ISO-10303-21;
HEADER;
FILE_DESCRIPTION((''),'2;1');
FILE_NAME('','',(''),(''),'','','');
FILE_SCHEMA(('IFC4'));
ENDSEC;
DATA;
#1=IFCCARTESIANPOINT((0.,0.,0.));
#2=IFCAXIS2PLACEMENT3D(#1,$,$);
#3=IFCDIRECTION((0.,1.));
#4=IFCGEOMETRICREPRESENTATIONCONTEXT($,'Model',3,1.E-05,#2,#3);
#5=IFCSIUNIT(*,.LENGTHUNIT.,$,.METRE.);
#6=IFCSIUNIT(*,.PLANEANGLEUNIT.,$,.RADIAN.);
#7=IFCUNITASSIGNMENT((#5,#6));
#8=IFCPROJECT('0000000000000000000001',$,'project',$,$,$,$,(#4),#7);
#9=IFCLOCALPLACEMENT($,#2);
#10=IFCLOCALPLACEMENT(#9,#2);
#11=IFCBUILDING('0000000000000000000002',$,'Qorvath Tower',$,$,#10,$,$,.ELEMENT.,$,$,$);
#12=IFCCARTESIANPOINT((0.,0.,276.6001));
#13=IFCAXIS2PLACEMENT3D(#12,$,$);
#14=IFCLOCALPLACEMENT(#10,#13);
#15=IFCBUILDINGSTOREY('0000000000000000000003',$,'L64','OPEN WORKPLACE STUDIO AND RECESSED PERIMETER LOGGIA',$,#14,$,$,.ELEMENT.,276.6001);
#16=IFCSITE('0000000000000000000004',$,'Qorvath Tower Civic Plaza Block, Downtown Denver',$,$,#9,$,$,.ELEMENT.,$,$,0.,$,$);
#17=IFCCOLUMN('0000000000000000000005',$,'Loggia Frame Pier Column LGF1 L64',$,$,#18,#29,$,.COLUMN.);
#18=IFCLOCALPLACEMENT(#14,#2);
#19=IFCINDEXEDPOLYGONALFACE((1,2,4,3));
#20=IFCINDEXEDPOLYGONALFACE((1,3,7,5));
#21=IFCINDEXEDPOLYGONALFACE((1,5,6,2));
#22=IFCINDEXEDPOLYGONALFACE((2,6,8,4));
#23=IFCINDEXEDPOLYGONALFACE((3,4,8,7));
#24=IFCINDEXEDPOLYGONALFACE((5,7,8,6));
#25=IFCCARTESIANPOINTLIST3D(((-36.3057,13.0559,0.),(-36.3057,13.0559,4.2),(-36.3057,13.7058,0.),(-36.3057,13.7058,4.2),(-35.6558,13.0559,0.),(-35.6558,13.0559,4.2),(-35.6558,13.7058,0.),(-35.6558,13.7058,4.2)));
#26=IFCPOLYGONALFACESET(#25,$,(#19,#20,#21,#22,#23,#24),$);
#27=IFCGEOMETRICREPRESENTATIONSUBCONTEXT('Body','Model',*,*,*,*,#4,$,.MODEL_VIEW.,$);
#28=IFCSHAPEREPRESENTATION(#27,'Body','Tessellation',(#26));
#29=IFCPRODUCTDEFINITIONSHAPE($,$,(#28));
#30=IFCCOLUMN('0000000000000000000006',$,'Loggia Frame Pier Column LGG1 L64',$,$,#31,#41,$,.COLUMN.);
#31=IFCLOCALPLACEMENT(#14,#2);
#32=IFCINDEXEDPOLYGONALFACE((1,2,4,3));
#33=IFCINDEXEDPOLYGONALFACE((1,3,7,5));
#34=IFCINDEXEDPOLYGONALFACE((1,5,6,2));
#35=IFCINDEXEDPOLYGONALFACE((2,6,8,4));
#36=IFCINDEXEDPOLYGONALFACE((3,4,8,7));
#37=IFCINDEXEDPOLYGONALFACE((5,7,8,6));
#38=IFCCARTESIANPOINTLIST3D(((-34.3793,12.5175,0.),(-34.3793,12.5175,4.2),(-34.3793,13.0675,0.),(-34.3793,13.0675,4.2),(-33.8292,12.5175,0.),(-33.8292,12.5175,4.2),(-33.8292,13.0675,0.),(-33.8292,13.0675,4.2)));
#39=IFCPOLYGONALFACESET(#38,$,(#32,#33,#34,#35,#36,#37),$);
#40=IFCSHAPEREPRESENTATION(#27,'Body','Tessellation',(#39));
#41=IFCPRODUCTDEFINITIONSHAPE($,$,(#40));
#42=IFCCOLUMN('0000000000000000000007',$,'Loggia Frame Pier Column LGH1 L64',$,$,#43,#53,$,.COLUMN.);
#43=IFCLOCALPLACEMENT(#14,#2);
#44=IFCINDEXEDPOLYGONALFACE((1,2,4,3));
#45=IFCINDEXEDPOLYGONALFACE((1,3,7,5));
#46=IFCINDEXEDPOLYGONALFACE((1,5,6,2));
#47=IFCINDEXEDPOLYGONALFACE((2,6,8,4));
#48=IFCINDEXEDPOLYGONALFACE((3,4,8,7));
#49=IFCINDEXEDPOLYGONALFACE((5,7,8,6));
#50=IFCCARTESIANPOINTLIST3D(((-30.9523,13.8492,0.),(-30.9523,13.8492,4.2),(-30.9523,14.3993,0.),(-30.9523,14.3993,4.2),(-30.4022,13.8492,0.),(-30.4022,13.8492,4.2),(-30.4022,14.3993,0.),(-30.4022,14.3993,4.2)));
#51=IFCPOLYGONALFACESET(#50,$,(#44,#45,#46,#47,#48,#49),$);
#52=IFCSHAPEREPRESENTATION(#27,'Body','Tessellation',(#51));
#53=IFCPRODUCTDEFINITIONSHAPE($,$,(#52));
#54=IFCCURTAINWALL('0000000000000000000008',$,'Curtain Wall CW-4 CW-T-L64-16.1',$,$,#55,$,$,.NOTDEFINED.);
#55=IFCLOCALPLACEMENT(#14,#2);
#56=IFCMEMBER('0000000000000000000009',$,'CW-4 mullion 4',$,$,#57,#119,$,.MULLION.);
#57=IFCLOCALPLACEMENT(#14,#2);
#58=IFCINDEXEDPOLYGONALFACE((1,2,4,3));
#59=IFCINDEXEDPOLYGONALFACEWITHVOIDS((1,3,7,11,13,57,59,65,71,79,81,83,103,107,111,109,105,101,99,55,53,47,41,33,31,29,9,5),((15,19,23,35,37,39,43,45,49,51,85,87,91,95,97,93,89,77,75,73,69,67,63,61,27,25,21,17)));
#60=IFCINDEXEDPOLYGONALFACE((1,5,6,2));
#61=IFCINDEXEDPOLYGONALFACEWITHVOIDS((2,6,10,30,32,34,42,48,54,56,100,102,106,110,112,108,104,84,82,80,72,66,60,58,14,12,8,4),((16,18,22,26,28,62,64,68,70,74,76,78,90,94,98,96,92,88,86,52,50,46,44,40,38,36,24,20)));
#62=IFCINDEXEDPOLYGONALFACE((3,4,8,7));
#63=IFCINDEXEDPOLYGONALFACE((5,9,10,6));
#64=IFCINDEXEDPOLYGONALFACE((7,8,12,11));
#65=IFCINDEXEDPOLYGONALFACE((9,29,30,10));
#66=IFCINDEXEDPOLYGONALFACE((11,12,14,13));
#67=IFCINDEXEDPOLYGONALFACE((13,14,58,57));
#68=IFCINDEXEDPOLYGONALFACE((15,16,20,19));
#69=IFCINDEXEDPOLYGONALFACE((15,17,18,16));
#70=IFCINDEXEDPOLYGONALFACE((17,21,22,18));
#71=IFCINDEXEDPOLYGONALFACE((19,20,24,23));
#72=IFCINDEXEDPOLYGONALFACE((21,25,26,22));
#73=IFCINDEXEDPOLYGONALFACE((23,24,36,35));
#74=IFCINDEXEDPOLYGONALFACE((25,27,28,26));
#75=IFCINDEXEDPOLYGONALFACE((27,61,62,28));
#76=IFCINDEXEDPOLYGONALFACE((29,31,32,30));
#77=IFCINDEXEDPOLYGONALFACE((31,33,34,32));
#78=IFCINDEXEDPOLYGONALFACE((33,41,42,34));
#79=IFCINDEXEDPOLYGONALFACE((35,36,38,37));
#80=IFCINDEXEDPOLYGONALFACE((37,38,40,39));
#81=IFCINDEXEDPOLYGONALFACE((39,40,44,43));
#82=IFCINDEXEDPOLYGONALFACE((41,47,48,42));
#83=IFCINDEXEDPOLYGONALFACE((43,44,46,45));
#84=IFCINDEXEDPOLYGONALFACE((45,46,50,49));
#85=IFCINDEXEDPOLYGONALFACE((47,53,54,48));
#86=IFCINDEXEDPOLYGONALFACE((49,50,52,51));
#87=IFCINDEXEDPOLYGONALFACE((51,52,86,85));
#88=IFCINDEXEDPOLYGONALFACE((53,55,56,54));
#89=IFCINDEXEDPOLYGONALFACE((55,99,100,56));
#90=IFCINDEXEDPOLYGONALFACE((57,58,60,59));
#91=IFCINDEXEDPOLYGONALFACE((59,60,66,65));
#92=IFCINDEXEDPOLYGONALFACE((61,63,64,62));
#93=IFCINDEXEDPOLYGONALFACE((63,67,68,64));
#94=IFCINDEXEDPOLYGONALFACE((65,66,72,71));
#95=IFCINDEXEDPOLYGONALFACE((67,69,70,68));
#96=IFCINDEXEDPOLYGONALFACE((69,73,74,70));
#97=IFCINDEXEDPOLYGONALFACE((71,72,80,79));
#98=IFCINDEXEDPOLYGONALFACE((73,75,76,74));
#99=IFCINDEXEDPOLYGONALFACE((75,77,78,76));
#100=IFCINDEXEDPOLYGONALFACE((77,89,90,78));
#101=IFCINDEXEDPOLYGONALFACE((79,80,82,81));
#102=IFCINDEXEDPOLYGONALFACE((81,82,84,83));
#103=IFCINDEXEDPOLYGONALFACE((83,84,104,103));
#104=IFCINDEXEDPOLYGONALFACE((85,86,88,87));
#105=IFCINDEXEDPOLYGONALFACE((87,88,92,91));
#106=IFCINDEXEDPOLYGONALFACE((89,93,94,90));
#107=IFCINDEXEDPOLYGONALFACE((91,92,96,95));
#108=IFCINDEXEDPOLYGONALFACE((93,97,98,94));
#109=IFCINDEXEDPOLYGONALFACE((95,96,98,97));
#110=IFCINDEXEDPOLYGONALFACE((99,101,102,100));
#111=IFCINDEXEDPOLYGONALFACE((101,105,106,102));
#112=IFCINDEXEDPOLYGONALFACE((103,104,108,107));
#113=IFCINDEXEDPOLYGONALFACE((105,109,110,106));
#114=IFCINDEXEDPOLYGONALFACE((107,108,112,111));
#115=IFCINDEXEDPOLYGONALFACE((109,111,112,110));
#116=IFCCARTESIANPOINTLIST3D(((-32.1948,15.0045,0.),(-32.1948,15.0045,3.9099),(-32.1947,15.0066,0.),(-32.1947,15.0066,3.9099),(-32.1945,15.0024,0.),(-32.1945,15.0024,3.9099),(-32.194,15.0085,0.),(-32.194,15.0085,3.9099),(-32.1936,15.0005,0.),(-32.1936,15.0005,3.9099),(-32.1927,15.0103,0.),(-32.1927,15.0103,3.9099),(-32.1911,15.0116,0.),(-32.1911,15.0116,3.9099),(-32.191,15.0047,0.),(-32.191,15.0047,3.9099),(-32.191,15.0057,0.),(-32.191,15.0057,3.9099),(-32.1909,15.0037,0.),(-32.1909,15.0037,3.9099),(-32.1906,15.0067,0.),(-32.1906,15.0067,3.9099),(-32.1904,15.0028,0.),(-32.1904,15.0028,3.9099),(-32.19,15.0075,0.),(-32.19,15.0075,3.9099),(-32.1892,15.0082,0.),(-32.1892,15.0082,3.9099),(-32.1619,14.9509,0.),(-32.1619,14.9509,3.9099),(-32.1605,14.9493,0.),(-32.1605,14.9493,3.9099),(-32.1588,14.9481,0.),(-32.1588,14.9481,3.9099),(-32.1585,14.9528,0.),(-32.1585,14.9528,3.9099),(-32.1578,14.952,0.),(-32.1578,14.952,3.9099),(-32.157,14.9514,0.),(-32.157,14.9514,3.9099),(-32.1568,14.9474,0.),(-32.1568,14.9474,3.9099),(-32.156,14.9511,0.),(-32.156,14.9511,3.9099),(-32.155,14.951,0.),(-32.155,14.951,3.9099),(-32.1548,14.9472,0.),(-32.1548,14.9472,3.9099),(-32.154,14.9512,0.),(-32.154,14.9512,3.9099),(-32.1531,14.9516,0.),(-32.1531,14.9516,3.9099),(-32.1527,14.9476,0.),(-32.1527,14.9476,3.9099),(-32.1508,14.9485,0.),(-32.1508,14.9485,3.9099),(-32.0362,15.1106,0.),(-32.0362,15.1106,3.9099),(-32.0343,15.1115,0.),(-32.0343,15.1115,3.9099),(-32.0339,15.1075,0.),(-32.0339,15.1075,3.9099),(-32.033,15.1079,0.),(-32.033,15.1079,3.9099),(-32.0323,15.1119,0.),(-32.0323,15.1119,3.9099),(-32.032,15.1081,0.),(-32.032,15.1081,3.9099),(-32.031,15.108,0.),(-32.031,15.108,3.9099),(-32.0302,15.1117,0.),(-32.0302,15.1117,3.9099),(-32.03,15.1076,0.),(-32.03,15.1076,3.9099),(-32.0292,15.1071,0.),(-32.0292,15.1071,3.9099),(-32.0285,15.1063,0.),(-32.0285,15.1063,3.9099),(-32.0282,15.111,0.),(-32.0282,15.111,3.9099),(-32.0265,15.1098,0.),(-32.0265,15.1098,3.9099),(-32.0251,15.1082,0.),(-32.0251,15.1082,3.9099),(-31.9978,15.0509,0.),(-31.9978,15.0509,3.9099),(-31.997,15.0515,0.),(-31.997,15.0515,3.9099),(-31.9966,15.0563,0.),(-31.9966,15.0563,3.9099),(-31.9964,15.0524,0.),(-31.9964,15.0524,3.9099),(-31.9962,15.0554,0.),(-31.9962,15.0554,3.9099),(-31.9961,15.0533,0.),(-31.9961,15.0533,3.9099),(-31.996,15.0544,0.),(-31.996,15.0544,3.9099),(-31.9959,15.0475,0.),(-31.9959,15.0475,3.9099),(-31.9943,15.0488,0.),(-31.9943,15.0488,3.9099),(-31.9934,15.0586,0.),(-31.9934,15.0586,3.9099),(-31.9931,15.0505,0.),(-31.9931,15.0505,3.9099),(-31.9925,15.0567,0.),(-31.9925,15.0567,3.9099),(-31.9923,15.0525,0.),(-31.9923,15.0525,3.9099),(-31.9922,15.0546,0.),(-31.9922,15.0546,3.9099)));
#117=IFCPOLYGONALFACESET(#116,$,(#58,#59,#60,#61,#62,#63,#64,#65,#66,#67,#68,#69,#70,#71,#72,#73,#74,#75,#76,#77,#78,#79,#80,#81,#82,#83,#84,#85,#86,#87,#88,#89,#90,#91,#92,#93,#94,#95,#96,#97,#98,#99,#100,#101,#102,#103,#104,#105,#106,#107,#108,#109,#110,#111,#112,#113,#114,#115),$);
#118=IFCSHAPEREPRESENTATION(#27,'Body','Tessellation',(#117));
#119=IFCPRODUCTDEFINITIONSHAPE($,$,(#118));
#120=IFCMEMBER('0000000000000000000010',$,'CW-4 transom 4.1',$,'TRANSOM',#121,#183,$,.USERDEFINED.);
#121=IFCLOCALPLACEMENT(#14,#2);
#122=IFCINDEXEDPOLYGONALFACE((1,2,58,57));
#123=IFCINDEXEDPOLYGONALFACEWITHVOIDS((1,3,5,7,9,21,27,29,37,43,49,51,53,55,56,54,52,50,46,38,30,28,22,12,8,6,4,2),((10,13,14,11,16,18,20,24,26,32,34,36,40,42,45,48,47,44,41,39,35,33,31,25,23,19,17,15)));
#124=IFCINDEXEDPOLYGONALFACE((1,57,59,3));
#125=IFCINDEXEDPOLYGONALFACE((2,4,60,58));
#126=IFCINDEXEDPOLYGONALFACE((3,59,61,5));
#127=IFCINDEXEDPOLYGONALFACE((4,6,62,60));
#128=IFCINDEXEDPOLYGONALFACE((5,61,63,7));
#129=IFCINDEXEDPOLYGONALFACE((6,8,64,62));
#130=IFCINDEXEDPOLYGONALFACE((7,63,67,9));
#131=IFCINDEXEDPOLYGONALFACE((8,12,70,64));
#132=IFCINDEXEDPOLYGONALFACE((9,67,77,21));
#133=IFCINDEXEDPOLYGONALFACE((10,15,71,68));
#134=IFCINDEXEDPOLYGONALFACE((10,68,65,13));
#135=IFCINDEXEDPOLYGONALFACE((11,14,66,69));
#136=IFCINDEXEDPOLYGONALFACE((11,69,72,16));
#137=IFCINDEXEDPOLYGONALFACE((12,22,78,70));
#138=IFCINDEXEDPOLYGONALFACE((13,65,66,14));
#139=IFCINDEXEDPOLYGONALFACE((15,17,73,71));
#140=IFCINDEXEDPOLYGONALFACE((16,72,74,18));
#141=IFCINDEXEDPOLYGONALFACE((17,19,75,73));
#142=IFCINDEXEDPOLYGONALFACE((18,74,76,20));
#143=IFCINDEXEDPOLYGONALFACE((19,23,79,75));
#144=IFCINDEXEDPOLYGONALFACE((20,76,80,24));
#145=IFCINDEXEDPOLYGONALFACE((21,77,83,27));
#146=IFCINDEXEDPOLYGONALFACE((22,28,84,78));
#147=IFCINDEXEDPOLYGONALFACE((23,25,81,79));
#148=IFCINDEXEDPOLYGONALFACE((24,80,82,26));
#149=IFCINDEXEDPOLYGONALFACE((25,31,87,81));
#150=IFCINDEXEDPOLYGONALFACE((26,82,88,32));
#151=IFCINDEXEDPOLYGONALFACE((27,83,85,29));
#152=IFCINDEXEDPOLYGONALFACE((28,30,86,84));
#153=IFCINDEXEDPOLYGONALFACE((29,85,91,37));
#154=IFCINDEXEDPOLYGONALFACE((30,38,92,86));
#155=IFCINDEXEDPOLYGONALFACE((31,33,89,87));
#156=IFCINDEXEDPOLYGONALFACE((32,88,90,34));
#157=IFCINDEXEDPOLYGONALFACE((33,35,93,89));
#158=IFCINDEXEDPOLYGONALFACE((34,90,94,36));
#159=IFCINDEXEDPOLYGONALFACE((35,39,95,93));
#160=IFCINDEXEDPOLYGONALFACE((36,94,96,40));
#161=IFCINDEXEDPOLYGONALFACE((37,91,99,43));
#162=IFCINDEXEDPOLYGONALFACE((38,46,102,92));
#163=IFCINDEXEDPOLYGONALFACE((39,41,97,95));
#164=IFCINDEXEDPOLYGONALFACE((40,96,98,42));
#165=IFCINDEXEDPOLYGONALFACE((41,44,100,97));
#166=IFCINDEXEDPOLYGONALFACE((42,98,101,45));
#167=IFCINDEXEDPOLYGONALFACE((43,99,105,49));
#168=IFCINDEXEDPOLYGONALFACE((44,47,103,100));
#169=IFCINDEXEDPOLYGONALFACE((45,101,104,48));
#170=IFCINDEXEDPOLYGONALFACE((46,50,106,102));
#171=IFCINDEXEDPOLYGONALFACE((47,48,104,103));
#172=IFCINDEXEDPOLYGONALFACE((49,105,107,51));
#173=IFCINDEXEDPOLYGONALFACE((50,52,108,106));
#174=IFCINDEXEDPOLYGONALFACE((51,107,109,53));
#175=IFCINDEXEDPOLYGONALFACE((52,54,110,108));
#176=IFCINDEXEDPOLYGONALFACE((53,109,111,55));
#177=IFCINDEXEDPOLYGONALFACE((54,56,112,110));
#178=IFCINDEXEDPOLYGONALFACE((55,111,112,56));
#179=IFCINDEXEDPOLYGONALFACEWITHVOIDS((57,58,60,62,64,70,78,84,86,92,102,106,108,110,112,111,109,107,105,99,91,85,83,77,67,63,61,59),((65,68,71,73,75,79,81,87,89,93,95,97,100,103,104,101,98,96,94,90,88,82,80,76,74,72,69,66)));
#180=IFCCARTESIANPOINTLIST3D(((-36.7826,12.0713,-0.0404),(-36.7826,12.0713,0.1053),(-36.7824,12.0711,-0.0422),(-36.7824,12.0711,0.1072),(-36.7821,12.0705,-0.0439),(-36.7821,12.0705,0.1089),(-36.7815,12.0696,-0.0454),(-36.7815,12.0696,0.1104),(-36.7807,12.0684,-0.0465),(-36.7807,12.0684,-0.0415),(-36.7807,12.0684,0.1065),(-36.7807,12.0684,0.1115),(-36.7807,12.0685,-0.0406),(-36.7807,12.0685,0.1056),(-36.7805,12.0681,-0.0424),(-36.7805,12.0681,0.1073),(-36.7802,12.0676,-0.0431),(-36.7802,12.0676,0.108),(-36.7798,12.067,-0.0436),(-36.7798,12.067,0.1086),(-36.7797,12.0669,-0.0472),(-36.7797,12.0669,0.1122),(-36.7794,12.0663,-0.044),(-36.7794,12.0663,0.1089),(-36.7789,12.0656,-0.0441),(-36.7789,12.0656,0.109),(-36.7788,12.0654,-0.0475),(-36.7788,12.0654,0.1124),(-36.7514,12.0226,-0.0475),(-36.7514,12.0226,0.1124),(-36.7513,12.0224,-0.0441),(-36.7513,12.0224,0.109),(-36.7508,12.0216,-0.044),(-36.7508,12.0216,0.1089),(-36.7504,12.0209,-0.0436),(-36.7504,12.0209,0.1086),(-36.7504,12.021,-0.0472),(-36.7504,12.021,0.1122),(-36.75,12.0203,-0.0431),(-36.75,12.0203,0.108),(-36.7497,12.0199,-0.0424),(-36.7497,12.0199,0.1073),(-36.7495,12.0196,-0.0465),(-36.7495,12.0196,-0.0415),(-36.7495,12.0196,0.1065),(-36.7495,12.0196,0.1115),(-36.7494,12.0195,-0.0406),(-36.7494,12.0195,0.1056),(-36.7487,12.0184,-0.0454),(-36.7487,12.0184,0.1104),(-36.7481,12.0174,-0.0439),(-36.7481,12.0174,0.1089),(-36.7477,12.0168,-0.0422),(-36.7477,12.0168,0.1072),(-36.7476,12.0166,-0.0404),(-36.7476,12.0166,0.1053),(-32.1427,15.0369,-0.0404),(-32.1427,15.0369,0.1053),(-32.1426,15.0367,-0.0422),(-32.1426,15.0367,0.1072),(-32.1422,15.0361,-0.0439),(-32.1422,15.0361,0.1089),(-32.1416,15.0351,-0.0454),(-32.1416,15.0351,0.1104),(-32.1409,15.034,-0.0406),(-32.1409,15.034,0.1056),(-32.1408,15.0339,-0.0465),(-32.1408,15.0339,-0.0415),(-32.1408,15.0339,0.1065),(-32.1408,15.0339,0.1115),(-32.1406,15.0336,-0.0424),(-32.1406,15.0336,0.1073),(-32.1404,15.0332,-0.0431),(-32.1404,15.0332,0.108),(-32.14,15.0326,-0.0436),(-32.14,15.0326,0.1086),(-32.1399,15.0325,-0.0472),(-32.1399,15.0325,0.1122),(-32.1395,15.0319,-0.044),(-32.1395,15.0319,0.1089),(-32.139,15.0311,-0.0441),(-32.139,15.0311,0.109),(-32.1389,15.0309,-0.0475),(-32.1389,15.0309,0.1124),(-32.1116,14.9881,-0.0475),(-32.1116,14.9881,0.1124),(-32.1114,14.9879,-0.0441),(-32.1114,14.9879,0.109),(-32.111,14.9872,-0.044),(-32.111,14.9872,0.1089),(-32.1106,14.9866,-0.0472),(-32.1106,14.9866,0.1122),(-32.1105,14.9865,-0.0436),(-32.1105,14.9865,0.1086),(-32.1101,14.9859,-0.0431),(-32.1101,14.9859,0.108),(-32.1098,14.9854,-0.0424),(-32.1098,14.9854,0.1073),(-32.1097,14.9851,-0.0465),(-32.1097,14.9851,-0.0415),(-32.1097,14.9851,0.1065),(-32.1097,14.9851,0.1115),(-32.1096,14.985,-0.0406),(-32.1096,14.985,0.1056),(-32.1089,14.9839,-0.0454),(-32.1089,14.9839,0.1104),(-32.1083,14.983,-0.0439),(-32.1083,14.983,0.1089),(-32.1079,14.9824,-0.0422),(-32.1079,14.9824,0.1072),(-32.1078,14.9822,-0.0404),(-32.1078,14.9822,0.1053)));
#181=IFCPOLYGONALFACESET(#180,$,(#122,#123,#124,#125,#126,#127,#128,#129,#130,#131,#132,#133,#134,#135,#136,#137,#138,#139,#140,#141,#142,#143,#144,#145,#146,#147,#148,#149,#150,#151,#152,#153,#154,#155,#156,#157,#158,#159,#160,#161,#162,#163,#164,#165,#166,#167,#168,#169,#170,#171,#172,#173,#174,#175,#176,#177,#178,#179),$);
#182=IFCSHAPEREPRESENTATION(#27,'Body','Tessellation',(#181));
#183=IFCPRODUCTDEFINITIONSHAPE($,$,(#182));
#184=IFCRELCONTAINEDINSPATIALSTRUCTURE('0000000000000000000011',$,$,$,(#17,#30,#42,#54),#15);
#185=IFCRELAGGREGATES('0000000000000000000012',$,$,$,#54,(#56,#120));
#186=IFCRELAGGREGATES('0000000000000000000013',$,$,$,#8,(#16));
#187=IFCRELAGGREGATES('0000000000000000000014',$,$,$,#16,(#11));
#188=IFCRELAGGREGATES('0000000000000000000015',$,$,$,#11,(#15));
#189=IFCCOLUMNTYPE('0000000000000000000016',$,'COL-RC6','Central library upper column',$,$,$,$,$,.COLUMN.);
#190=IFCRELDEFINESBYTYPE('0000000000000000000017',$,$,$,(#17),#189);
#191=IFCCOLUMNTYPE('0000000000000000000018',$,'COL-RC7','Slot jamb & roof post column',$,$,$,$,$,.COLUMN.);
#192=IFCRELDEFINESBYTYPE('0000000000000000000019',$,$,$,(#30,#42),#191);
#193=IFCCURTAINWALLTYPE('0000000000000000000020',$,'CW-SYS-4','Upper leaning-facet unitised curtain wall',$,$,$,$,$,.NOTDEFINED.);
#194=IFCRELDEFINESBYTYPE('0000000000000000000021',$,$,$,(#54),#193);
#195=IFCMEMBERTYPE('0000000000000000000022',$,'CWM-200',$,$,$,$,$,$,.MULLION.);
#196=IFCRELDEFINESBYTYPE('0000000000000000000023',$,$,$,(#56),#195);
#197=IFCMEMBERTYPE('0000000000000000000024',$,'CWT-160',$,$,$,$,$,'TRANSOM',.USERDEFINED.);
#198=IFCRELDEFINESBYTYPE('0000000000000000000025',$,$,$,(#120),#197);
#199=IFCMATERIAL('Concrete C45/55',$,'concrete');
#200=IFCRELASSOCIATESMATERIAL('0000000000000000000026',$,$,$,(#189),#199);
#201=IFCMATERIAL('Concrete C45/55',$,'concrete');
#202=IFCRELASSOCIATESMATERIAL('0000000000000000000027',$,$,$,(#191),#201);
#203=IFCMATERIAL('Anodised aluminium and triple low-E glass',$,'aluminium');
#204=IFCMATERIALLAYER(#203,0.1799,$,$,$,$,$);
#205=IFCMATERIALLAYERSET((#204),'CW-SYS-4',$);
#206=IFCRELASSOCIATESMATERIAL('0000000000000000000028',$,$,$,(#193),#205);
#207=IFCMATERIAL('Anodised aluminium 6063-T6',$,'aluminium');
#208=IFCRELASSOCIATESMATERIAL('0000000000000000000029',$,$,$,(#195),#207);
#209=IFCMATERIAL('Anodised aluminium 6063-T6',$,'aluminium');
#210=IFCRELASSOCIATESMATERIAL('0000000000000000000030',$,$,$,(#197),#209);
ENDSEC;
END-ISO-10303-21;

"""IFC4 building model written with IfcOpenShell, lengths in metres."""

from ifc_helpers import new_model, si_unit, direction, frame, origin, origin_2d, place, context, subcontext, project, spatial, rectangle, hollow_rectangle, extrude, material, layer, layer_set, material_profile, profile_set, type_object, element, aggregate, save


model = new_model("IFC4")

# Units and contexts
model_context = context("Model", 3, precision=1e-05, world=origin(), true_north=direction((0.0, 1.0)))
body_context = subcontext(model_context, "Body", "Model", "MODEL_VIEW")
ifc_project = project(units=[si_unit("LENGTHUNIT", "METRE"), si_unit("PLANEANGLEUNIT", "RADIAN")], contexts=[model_context])

# Site, building, storey
site_placement = place(None, origin())
site = spatial("IfcSite", under=ifc_project, at=site_placement, Name="Qorvath Tower Civic Plaza Block, Downtown Denver", CompositionType="ELEMENT", RefElevation=0.0)
building_placement = place(site_placement, origin())
building = spatial("IfcBuilding", under=site, at=building_placement, Name="Qorvath Tower", CompositionType="ELEMENT")
storey_placement = place(building_placement, frame((0.0, 0.0, 276.6001)))
storey = spatial("IfcBuildingStorey", under=building, at=storey_placement, Name="L64", Description="OPEN WORKPLACE STUDIO AND RECESSED PERIMETER LOGGIA", CompositionType="ELEMENT", Elevation=276.6001)

# Columns
ifc_material_1 = material(Name="Concrete C45/55", Category="concrete")
ifc_material_profile_1 = material_profile(ifc_material_1, rectangle(XDim=0.6499, YDim=0.6499, at=origin_2d()), Name="RC 650x650")
ifc_profile_set_1 = profile_set([ifc_material_profile_1], Name="Concrete C45/55")
column_type_1 = type_object("IfcColumnType", Name="COL-RC6", Description="Central library upper column", PredefinedType="COLUMN", material=ifc_profile_set_1)
column_placement = place(storey_placement, frame((-35.9807, 13.3809, 0.0), z_axis=(0.0, 0.0, 1.0), x_axis=(1.0, 0.0, 0.0)))
element("IfcColumn", 1, at=column_placement, inside=storey, type_object=column_type_1, Name="Loggia Frame Pier Column LGF1 L64", PredefinedType="COLUMN", context=body_context, shape_type="SweptSolid", body=[
    extrude(rectangle(XDim=0.6499, YDim=0.6499, at=origin_2d()), origin(), (0.0, 0.0, 1.0), 4.2),
])
ifc_material_2 = material(Name="Concrete C45/55", Category="concrete")
ifc_material_profile_2 = material_profile(ifc_material_2, rectangle(XDim=0.55, YDim=0.55, at=origin_2d()), Name="RC 550x550")
ifc_profile_set_2 = profile_set([ifc_material_profile_2], Name="Concrete C45/55")
column_type_2 = type_object("IfcColumnType", Name="COL-RC7", Description="Slot jamb & roof post column", PredefinedType="COLUMN", material=ifc_profile_set_2)
for number, where, z_axis, x_axis, name in (
    (2, (-34.1042, 12.7925, 0.0), (0.0, 0.0, 1.0), (1.0, 0.0, 0.0), "Loggia Frame Pier Column LGG1 L64"),
    (3, (-30.6772, 14.1243, 0.0), (0.0, 0.0, 1.0), (1.0, 0.0, 0.0), "Loggia Frame Pier Column LGH1 L64"),
):
    element("IfcColumn", number, at=place(storey_placement, frame(where, z_axis=z_axis, x_axis=x_axis)), inside=storey, type_object=column_type_2, Name=name, PredefinedType="COLUMN", context=body_context, shape_type="SweptSolid", body=[
        extrude(rectangle(XDim=0.55, YDim=0.55, at=origin_2d()), origin(), (0.0, 0.0, 1.0), 4.2),
    ])

# Curtain wall, members
ifc_material_3 = material(Name="Anodised aluminium and triple low-E glass", Category="aluminium")
ifc_layer_1 = layer(ifc_material_3, 0.1799)
ifc_layer_set_1 = layer_set([ifc_layer_1], Name="CW-SYS-4")
curtain_wall_type = type_object("IfcCurtainWallType", Name="CW-SYS-4", Description="Upper leaning-facet unitised curtain wall", PredefinedType="NOTDEFINED", material=ifc_layer_set_1)
curtain_wall_placement = place(storey_placement, origin())
curtain_wall = element("IfcCurtainWall", 4, at=curtain_wall_placement, inside=storey, type_object=curtain_wall_type, Name="Curtain Wall CW-4 CW-T-L64-16.1", PredefinedType="NOTDEFINED")
ifc_material_4 = material(Name="Anodised aluminium 6063-T6", Category="aluminium")
ifc_material_profile_3 = material_profile(ifc_material_4, hollow_rectangle(XDim=0.075, YDim=0.2, WallThickness=0.0039, InnerFilletRadius=0.0039, OuterFilletRadius=0.0081, at=origin_2d()), Name="CWM 200x75")
ifc_profile_set_3 = profile_set([ifc_material_profile_3], Name="Anodised aluminium 6063-T6")
member_type_1 = type_object("IfcMemberType", Name="CWM-200", PredefinedType="MULLION", material=ifc_profile_set_3)
member_1_placement = place(storey_placement, frame((-32.0935, 15.0295, 0.0), z_axis=(0.0, 0.0, 1.0), x_axis=(0.538534, -0.842604, 0.0)))
member_1 = element("IfcMember", 5, at=member_1_placement, type_object=member_type_1, Name="CW-4 mullion 4", PredefinedType="MULLION", context=body_context, shape_type="SweptSolid", body=[
    extrude(hollow_rectangle(XDim=0.075, YDim=0.2, WallThickness=0.0039, InnerFilletRadius=0.0039, OuterFilletRadius=0.0081, at=origin_2d()), origin(), (0.0, 0.0, 1.0), 3.9099),
])
ifc_material_5 = material(Name="Anodised aluminium 6063-T6", Category="aluminium")
ifc_material_profile_4 = material_profile(ifc_material_5, hollow_rectangle(XDim=0.0649, YDim=0.1599, WallThickness=0.0034, InnerFilletRadius=0.0034, OuterFilletRadius=0.0071, at=origin_2d()), Name="CWT 160x65")
ifc_profile_set_4 = profile_set([ifc_material_profile_4], Name="Anodised aluminium 6063-T6")
member_type_2 = type_object("IfcMemberType", Name="CWT-160", ElementType="TRANSOM", PredefinedType="USERDEFINED", material=ifc_profile_set_4)
member_2_placement = place(storey_placement, frame((-32.1252, 15.0095, 0.0325), z_axis=(-0.842597, -0.538544, 0.0), x_axis=(0.538544, -0.842597, 0.0)))
member_2 = element("IfcMember", 6, at=member_2_placement, type_object=member_type_2, Name="CW-4 transom 4.1", ObjectType="TRANSOM", PredefinedType="USERDEFINED", context=body_context, shape_type="SweptSolid", body=[
    extrude(hollow_rectangle(XDim=0.0649, YDim=0.1599, WallThickness=0.0034, InnerFilletRadius=0.0034, OuterFilletRadius=0.0071, at=origin_2d()), origin(), (0.0, 0.0, 1.0), 5.5066),
])
aggregate(curtain_wall, [member_1, member_2])

save(model, "model.ifc")
